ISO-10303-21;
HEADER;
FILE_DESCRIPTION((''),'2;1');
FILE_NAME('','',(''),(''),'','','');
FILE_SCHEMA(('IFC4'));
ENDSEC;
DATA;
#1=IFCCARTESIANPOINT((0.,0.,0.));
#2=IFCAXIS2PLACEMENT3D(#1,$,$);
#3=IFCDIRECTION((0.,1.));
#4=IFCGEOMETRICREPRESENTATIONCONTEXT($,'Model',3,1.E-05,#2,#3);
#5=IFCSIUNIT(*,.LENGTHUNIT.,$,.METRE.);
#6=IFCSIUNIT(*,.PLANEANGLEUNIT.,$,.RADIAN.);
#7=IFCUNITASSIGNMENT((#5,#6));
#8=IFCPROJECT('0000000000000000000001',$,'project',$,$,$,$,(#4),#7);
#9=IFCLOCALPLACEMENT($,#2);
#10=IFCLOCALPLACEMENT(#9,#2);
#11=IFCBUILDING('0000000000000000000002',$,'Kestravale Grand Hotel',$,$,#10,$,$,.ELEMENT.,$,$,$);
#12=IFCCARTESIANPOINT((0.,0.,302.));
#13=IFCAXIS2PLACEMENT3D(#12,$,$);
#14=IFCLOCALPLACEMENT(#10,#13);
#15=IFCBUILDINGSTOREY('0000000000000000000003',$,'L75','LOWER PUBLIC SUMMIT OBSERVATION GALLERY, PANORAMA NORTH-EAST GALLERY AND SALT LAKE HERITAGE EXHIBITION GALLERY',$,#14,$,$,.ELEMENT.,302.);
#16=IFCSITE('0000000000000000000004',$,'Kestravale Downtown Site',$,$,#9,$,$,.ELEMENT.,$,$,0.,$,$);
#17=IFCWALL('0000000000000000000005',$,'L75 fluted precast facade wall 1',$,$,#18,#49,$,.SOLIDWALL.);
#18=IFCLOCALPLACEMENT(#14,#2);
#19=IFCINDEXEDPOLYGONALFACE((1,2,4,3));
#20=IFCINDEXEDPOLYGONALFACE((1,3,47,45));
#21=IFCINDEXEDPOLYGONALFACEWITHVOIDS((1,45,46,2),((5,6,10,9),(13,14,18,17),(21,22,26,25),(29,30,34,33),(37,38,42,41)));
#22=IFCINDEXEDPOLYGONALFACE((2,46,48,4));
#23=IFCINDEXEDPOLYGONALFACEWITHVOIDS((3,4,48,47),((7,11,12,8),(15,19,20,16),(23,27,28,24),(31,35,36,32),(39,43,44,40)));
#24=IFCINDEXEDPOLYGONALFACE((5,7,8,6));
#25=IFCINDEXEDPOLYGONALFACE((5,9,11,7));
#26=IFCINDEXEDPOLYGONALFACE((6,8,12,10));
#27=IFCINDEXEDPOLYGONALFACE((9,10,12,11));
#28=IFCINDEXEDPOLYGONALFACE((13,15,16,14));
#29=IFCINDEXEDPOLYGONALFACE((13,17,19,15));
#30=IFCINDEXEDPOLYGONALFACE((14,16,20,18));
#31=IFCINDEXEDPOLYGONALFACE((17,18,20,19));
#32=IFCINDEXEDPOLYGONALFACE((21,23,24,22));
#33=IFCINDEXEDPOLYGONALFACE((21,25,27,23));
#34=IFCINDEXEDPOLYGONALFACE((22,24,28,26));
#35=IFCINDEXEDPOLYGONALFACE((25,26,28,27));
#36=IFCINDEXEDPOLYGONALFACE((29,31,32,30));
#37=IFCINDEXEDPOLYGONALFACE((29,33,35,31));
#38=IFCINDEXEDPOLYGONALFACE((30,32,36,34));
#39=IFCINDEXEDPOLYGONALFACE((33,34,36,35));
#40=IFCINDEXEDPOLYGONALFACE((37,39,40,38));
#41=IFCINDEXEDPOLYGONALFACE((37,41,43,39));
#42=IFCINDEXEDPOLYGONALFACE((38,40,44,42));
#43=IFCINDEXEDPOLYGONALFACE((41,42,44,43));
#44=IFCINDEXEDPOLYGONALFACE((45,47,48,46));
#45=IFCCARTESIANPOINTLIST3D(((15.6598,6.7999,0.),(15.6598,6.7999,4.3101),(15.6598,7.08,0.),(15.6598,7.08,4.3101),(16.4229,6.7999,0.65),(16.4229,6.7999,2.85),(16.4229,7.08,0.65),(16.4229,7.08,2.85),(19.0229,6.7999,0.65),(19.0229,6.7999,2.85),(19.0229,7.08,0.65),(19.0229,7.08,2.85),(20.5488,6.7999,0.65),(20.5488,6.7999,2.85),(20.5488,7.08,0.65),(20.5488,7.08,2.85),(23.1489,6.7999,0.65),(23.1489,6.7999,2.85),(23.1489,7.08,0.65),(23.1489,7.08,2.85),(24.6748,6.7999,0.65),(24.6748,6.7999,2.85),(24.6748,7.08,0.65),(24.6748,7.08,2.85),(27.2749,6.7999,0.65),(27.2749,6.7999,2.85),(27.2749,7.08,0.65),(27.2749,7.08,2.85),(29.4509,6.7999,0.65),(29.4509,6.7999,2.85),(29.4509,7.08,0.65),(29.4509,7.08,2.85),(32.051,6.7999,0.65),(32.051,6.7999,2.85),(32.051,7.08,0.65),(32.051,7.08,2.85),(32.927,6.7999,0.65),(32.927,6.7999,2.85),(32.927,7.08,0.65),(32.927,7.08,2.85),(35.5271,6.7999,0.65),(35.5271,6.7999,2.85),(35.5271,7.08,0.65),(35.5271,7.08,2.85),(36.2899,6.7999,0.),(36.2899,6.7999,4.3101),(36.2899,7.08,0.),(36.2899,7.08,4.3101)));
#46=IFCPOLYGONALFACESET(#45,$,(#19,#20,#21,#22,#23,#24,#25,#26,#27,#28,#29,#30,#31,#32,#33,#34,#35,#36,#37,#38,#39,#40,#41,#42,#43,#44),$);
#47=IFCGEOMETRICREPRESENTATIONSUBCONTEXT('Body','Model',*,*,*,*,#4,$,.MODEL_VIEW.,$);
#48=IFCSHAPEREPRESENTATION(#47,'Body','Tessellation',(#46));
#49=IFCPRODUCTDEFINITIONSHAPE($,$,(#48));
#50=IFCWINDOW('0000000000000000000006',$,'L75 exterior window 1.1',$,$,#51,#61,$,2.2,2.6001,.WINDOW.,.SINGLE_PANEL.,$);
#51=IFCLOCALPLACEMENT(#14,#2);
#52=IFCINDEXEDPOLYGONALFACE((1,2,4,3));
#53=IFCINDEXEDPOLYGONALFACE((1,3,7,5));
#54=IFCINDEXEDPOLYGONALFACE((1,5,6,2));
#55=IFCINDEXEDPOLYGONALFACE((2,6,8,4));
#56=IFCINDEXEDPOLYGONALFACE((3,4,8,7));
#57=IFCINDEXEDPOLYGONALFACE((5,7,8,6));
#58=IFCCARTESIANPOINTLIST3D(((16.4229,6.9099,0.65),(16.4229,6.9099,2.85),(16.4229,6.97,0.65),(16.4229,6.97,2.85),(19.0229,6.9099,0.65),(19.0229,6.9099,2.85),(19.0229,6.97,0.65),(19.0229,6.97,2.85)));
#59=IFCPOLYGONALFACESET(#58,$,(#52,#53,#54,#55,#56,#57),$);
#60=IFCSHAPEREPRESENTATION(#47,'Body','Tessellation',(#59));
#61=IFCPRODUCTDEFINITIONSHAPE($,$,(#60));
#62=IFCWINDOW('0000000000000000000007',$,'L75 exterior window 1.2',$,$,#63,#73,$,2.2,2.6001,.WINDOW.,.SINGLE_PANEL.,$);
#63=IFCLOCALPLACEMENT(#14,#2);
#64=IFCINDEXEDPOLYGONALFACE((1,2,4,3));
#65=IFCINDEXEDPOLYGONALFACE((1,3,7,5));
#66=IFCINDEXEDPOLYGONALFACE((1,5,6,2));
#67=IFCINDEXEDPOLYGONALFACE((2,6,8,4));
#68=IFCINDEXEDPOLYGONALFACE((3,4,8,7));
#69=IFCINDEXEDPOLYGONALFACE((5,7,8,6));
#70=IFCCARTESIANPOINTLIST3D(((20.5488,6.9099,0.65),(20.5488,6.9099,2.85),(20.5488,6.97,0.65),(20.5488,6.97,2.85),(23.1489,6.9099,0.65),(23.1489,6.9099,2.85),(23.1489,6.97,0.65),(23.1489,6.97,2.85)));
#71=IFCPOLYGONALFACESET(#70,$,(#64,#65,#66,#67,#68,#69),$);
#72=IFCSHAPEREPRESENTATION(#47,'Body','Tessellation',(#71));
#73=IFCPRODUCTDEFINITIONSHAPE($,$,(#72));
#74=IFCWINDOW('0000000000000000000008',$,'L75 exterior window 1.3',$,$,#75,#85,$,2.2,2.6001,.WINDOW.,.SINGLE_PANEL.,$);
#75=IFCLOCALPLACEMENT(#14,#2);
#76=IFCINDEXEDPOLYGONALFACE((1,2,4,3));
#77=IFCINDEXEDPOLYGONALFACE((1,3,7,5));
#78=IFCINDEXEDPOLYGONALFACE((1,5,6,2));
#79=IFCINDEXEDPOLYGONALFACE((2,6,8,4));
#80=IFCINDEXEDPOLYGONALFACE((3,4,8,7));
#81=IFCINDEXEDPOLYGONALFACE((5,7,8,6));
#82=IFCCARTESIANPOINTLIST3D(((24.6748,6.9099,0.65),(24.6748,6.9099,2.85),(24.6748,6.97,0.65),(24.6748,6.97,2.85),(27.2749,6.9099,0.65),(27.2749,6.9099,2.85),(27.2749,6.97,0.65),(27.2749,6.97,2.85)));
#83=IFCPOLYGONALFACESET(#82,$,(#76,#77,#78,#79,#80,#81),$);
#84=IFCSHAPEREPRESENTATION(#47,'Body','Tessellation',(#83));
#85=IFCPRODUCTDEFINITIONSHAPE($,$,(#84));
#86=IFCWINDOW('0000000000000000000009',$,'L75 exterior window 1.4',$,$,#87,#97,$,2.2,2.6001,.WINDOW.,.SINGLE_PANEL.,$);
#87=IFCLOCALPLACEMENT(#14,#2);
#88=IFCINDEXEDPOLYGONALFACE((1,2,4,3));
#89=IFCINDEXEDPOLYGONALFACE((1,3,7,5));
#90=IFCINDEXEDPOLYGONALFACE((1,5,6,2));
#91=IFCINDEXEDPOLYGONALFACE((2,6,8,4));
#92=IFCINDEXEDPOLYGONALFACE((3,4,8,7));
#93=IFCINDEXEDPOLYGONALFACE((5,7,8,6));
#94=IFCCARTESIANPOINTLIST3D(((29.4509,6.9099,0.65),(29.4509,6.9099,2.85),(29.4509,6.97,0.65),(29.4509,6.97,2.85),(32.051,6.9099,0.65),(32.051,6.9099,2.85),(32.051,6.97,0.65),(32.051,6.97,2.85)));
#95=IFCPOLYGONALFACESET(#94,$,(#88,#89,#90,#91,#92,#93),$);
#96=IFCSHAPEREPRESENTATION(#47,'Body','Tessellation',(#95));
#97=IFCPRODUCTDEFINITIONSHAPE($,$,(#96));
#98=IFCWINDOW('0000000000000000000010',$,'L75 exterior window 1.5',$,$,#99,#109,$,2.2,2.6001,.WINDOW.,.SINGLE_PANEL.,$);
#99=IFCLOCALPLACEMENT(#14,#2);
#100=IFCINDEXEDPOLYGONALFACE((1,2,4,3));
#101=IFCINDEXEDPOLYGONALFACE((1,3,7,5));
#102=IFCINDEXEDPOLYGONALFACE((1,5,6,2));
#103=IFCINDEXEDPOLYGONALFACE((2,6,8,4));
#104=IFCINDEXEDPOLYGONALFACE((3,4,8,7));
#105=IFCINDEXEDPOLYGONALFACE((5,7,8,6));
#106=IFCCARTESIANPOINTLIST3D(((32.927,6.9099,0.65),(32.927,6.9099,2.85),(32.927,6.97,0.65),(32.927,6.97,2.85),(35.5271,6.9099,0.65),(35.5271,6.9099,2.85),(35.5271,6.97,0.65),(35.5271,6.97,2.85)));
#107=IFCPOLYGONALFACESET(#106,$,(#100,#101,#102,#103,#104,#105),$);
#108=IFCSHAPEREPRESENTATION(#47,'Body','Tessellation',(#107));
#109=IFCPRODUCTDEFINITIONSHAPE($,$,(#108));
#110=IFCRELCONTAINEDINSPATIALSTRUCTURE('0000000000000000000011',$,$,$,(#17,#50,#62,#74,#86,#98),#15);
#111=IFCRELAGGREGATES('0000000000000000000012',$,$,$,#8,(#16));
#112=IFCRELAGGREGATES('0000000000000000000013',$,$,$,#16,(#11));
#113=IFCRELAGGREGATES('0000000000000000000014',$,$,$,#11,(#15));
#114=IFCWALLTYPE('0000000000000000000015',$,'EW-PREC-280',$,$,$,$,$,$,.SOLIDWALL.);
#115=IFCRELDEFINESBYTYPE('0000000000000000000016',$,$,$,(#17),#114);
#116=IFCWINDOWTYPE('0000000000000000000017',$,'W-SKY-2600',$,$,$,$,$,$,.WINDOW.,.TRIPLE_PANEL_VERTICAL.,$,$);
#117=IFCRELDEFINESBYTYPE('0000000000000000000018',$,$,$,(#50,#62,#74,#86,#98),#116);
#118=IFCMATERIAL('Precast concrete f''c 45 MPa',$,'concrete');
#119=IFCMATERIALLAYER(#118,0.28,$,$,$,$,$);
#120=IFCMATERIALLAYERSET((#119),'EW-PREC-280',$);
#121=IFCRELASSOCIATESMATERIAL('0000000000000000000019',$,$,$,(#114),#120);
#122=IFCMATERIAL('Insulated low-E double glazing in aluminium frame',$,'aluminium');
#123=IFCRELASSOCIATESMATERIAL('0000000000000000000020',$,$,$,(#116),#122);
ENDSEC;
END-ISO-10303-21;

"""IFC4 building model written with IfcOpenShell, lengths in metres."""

from ifc_helpers import new_model, si_unit, direction, frame, frame_2d, origin, place, context, subcontext, project, spatial, rectangle, extrude, material, layer, layer_set, type_object, element, fill, save


model = new_model("IFC4")

# Units and contexts
model_context = context("Model", 3, precision=1e-05, world=origin(), true_north=direction((0.0, 1.0)))
body_context = subcontext(model_context, "Body", "Model", "MODEL_VIEW")
ifc_project = project(units=[si_unit("LENGTHUNIT", "METRE"), si_unit("PLANEANGLEUNIT", "RADIAN")], contexts=[model_context])

# Site, building, storey
site_placement = place(None, origin())
site = spatial("IfcSite", under=ifc_project, at=site_placement, Name="Kestravale Downtown Site", CompositionType="ELEMENT", RefElevation=0.0)
building_placement = place(site_placement, origin())
building = spatial("IfcBuilding", under=site, at=building_placement, Name="Kestravale Grand Hotel", CompositionType="ELEMENT")
storey_placement = place(building_placement, frame((0.0, 0.0, 302.0)))
storey = spatial("IfcBuildingStorey", under=building, at=storey_placement, Name="L75", Description="LOWER PUBLIC SUMMIT OBSERVATION GALLERY, PANORAMA NORTH-EAST GALLERY AND SALT LAKE HERITAGE EXHIBITION GALLERY", CompositionType="ELEMENT", Elevation=302.0)

# Wall, openings, windows
ifc_material_1 = material(Name="Precast concrete f'c 45 MPa", Category="concrete")
ifc_layer_1 = layer(ifc_material_1, 0.28)
ifc_layer_set_1 = layer_set([ifc_layer_1], Name="EW-PREC-280")
wall_type = type_object("IfcWallType", Name="EW-PREC-280", PredefinedType="SOLIDWALL", material=ifc_layer_set_1)
wall_placement = place(storey_placement, frame((15.6599, 6.9399, 0.0), z_axis=(0.0, 0.0, 1.0), x_axis=(1.0, 0.0, 0.0)))
wall = element("IfcWall", 1, at=wall_placement, inside=storey, type_object=wall_type, Name="L75 fluted precast facade wall 1", PredefinedType="SOLIDWALL", context=body_context, shape_type="SweptSolid", body=[
    extrude(rectangle(XDim=20.6301, YDim=0.28, at=frame_2d((10.3149, 0.0))), origin(), (0.0, 0.0, 1.0), 4.3101),
])
opening_1_placement = place(wall_placement, frame((0.7629, 0.0, 0.6499)))
opening_1 = element("IfcOpeningElement", 2, at=opening_1_placement, cuts=wall, PredefinedType="OPENING", context=body_context, shape_type="SweptSolid", body=[
    extrude(rectangle(XDim=2.6001, YDim=2.2, at=frame_2d((1.3, 1.1001))), frame((0.0, 0.1499, 0.0), z_axis=(0.0, -1.0, 0.0), x_axis=(1.0, 0.0, 0.0)), (0.0, 0.0, 1.0), 0.3),
])
opening_2_placement = place(wall_placement, frame((4.8889, 0.0, 0.6499)))
opening_2 = element("IfcOpeningElement", 3, at=opening_2_placement, cuts=wall, PredefinedType="OPENING", context=body_context, shape_type="SweptSolid", body=[
    extrude(rectangle(XDim=2.6001, YDim=2.2, at=frame_2d((1.3, 1.1001))), frame((0.0, 0.1499, 0.0), z_axis=(0.0, -1.0, 0.0), x_axis=(1.0, 0.0, 0.0)), (0.0, 0.0, 1.0), 0.3),
])
opening_3_placement = place(wall_placement, frame((9.0149, 0.0, 0.6499)))
opening_3 = element("IfcOpeningElement", 4, at=opening_3_placement, cuts=wall, PredefinedType="OPENING", context=body_context, shape_type="SweptSolid", body=[
    extrude(rectangle(XDim=2.6001, YDim=2.2, at=frame_2d((1.3, 1.1001))), frame((0.0, 0.1499, 0.0), z_axis=(0.0, -1.0, 0.0), x_axis=(1.0, 0.0, 0.0)), (0.0, 0.0, 1.0), 0.3),
])
opening_4_placement = place(wall_placement, frame((13.791, 0.0, 0.6499)))
opening_4 = element("IfcOpeningElement", 5, at=opening_4_placement, cuts=wall, PredefinedType="OPENING", context=body_context, shape_type="SweptSolid", body=[
    extrude(rectangle(XDim=2.6001, YDim=2.2, at=frame_2d((1.3, 1.1001))), frame((0.0, 0.1499, 0.0), z_axis=(0.0, -1.0, 0.0), x_axis=(1.0, 0.0, 0.0)), (0.0, 0.0, 1.0), 0.3),
])
opening_5_placement = place(wall_placement, frame((17.2671, 0.0, 0.6499)))
opening_5 = element("IfcOpeningElement", 6, at=opening_5_placement, cuts=wall, PredefinedType="OPENING", context=body_context, shape_type="SweptSolid", body=[
    extrude(rectangle(XDim=2.6001, YDim=2.2, at=frame_2d((1.3, 1.1001))), frame((0.0, 0.1499, 0.0), z_axis=(0.0, -1.0, 0.0), x_axis=(1.0, 0.0, 0.0)), (0.0, 0.0, 1.0), 0.3),
])
ifc_material_2 = material(Name="Insulated low-E double glazing in aluminium frame", Category="aluminium")
window_type = type_object("IfcWindowType", Name="W-SKY-2600", PartitioningType="TRIPLE_PANEL_VERTICAL", PredefinedType="WINDOW", material=ifc_material_2)
window_1_placement = place(opening_1_placement, origin())
window_1 = element("IfcWindow", 7, at=window_1_placement, inside=storey, type_object=window_type, Name="L75 exterior window 1.1", OverallHeight=2.2, OverallWidth=2.6001, PartitioningType="SINGLE_PANEL", PredefinedType="WINDOW", context=body_context, shape_type="SweptSolid", body=[
    extrude(rectangle(XDim=2.6001, YDim=2.2, at=frame_2d((1.3, 1.1001))), frame((0.0, 0.03, 0.0), z_axis=(0.0, -1.0, 0.0), x_axis=(1.0, 0.0, 0.0)), (0.0, 0.0, 1.0), 0.0601),
])
fill(opening_1, window_1)
window_2_placement = place(opening_2_placement, origin())
window_2 = element("IfcWindow", 8, at=window_2_placement, inside=storey, type_object=window_type, Name="L75 exterior window 1.2", OverallHeight=2.2, OverallWidth=2.6001, PartitioningType="SINGLE_PANEL", PredefinedType="WINDOW", context=body_context, shape_type="SweptSolid", body=[
    extrude(rectangle(XDim=2.6001, YDim=2.2, at=frame_2d((1.3, 1.1001))), frame((0.0, 0.03, 0.0), z_axis=(0.0, -1.0, 0.0), x_axis=(1.0, 0.0, 0.0)), (0.0, 0.0, 1.0), 0.0601),
])
fill(opening_2, window_2)
window_3_placement = place(opening_3_placement, origin())
window_3 = element("IfcWindow", 9, at=window_3_placement, inside=storey, type_object=window_type, Name="L75 exterior window 1.3", OverallHeight=2.2, OverallWidth=2.6001, PartitioningType="SINGLE_PANEL", PredefinedType="WINDOW", context=body_context, shape_type="SweptSolid", body=[
    extrude(rectangle(XDim=2.6001, YDim=2.2, at=frame_2d((1.3, 1.1001))), frame((0.0, 0.03, 0.0), z_axis=(0.0, -1.0, 0.0), x_axis=(1.0, 0.0, 0.0)), (0.0, 0.0, 1.0), 0.0601),
])
fill(opening_3, window_3)
window_4_placement = place(opening_4_placement, origin())
window_4 = element("IfcWindow", 10, at=window_4_placement, inside=storey, type_object=window_type, Name="L75 exterior window 1.4", OverallHeight=2.2, OverallWidth=2.6001, PartitioningType="SINGLE_PANEL", PredefinedType="WINDOW", context=body_context, shape_type="SweptSolid", body=[
    extrude(rectangle(XDim=2.6001, YDim=2.2, at=frame_2d((1.3, 1.1001))), frame((0.0, 0.03, 0.0), z_axis=(0.0, -1.0, 0.0), x_axis=(1.0, 0.0, 0.0)), (0.0, 0.0, 1.0), 0.0601),
])
fill(opening_4, window_4)
window_5_placement = place(opening_5_placement, origin())
window_5 = element("IfcWindow", 11, at=window_5_placement, inside=storey, type_object=window_type, Name="L75 exterior window 1.5", OverallHeight=2.2, OverallWidth=2.6001, PartitioningType="SINGLE_PANEL", PredefinedType="WINDOW", context=body_context, shape_type="SweptSolid", body=[
    extrude(rectangle(XDim=2.6001, YDim=2.2, at=frame_2d((1.3, 1.1001))), frame((0.0, 0.03, 0.0), z_axis=(0.0, -1.0, 0.0), x_axis=(1.0, 0.0, 0.0)), (0.0, 0.0, 1.0), 0.0601),
])
fill(opening_5, window_5)

save(model, "model.ifc")
